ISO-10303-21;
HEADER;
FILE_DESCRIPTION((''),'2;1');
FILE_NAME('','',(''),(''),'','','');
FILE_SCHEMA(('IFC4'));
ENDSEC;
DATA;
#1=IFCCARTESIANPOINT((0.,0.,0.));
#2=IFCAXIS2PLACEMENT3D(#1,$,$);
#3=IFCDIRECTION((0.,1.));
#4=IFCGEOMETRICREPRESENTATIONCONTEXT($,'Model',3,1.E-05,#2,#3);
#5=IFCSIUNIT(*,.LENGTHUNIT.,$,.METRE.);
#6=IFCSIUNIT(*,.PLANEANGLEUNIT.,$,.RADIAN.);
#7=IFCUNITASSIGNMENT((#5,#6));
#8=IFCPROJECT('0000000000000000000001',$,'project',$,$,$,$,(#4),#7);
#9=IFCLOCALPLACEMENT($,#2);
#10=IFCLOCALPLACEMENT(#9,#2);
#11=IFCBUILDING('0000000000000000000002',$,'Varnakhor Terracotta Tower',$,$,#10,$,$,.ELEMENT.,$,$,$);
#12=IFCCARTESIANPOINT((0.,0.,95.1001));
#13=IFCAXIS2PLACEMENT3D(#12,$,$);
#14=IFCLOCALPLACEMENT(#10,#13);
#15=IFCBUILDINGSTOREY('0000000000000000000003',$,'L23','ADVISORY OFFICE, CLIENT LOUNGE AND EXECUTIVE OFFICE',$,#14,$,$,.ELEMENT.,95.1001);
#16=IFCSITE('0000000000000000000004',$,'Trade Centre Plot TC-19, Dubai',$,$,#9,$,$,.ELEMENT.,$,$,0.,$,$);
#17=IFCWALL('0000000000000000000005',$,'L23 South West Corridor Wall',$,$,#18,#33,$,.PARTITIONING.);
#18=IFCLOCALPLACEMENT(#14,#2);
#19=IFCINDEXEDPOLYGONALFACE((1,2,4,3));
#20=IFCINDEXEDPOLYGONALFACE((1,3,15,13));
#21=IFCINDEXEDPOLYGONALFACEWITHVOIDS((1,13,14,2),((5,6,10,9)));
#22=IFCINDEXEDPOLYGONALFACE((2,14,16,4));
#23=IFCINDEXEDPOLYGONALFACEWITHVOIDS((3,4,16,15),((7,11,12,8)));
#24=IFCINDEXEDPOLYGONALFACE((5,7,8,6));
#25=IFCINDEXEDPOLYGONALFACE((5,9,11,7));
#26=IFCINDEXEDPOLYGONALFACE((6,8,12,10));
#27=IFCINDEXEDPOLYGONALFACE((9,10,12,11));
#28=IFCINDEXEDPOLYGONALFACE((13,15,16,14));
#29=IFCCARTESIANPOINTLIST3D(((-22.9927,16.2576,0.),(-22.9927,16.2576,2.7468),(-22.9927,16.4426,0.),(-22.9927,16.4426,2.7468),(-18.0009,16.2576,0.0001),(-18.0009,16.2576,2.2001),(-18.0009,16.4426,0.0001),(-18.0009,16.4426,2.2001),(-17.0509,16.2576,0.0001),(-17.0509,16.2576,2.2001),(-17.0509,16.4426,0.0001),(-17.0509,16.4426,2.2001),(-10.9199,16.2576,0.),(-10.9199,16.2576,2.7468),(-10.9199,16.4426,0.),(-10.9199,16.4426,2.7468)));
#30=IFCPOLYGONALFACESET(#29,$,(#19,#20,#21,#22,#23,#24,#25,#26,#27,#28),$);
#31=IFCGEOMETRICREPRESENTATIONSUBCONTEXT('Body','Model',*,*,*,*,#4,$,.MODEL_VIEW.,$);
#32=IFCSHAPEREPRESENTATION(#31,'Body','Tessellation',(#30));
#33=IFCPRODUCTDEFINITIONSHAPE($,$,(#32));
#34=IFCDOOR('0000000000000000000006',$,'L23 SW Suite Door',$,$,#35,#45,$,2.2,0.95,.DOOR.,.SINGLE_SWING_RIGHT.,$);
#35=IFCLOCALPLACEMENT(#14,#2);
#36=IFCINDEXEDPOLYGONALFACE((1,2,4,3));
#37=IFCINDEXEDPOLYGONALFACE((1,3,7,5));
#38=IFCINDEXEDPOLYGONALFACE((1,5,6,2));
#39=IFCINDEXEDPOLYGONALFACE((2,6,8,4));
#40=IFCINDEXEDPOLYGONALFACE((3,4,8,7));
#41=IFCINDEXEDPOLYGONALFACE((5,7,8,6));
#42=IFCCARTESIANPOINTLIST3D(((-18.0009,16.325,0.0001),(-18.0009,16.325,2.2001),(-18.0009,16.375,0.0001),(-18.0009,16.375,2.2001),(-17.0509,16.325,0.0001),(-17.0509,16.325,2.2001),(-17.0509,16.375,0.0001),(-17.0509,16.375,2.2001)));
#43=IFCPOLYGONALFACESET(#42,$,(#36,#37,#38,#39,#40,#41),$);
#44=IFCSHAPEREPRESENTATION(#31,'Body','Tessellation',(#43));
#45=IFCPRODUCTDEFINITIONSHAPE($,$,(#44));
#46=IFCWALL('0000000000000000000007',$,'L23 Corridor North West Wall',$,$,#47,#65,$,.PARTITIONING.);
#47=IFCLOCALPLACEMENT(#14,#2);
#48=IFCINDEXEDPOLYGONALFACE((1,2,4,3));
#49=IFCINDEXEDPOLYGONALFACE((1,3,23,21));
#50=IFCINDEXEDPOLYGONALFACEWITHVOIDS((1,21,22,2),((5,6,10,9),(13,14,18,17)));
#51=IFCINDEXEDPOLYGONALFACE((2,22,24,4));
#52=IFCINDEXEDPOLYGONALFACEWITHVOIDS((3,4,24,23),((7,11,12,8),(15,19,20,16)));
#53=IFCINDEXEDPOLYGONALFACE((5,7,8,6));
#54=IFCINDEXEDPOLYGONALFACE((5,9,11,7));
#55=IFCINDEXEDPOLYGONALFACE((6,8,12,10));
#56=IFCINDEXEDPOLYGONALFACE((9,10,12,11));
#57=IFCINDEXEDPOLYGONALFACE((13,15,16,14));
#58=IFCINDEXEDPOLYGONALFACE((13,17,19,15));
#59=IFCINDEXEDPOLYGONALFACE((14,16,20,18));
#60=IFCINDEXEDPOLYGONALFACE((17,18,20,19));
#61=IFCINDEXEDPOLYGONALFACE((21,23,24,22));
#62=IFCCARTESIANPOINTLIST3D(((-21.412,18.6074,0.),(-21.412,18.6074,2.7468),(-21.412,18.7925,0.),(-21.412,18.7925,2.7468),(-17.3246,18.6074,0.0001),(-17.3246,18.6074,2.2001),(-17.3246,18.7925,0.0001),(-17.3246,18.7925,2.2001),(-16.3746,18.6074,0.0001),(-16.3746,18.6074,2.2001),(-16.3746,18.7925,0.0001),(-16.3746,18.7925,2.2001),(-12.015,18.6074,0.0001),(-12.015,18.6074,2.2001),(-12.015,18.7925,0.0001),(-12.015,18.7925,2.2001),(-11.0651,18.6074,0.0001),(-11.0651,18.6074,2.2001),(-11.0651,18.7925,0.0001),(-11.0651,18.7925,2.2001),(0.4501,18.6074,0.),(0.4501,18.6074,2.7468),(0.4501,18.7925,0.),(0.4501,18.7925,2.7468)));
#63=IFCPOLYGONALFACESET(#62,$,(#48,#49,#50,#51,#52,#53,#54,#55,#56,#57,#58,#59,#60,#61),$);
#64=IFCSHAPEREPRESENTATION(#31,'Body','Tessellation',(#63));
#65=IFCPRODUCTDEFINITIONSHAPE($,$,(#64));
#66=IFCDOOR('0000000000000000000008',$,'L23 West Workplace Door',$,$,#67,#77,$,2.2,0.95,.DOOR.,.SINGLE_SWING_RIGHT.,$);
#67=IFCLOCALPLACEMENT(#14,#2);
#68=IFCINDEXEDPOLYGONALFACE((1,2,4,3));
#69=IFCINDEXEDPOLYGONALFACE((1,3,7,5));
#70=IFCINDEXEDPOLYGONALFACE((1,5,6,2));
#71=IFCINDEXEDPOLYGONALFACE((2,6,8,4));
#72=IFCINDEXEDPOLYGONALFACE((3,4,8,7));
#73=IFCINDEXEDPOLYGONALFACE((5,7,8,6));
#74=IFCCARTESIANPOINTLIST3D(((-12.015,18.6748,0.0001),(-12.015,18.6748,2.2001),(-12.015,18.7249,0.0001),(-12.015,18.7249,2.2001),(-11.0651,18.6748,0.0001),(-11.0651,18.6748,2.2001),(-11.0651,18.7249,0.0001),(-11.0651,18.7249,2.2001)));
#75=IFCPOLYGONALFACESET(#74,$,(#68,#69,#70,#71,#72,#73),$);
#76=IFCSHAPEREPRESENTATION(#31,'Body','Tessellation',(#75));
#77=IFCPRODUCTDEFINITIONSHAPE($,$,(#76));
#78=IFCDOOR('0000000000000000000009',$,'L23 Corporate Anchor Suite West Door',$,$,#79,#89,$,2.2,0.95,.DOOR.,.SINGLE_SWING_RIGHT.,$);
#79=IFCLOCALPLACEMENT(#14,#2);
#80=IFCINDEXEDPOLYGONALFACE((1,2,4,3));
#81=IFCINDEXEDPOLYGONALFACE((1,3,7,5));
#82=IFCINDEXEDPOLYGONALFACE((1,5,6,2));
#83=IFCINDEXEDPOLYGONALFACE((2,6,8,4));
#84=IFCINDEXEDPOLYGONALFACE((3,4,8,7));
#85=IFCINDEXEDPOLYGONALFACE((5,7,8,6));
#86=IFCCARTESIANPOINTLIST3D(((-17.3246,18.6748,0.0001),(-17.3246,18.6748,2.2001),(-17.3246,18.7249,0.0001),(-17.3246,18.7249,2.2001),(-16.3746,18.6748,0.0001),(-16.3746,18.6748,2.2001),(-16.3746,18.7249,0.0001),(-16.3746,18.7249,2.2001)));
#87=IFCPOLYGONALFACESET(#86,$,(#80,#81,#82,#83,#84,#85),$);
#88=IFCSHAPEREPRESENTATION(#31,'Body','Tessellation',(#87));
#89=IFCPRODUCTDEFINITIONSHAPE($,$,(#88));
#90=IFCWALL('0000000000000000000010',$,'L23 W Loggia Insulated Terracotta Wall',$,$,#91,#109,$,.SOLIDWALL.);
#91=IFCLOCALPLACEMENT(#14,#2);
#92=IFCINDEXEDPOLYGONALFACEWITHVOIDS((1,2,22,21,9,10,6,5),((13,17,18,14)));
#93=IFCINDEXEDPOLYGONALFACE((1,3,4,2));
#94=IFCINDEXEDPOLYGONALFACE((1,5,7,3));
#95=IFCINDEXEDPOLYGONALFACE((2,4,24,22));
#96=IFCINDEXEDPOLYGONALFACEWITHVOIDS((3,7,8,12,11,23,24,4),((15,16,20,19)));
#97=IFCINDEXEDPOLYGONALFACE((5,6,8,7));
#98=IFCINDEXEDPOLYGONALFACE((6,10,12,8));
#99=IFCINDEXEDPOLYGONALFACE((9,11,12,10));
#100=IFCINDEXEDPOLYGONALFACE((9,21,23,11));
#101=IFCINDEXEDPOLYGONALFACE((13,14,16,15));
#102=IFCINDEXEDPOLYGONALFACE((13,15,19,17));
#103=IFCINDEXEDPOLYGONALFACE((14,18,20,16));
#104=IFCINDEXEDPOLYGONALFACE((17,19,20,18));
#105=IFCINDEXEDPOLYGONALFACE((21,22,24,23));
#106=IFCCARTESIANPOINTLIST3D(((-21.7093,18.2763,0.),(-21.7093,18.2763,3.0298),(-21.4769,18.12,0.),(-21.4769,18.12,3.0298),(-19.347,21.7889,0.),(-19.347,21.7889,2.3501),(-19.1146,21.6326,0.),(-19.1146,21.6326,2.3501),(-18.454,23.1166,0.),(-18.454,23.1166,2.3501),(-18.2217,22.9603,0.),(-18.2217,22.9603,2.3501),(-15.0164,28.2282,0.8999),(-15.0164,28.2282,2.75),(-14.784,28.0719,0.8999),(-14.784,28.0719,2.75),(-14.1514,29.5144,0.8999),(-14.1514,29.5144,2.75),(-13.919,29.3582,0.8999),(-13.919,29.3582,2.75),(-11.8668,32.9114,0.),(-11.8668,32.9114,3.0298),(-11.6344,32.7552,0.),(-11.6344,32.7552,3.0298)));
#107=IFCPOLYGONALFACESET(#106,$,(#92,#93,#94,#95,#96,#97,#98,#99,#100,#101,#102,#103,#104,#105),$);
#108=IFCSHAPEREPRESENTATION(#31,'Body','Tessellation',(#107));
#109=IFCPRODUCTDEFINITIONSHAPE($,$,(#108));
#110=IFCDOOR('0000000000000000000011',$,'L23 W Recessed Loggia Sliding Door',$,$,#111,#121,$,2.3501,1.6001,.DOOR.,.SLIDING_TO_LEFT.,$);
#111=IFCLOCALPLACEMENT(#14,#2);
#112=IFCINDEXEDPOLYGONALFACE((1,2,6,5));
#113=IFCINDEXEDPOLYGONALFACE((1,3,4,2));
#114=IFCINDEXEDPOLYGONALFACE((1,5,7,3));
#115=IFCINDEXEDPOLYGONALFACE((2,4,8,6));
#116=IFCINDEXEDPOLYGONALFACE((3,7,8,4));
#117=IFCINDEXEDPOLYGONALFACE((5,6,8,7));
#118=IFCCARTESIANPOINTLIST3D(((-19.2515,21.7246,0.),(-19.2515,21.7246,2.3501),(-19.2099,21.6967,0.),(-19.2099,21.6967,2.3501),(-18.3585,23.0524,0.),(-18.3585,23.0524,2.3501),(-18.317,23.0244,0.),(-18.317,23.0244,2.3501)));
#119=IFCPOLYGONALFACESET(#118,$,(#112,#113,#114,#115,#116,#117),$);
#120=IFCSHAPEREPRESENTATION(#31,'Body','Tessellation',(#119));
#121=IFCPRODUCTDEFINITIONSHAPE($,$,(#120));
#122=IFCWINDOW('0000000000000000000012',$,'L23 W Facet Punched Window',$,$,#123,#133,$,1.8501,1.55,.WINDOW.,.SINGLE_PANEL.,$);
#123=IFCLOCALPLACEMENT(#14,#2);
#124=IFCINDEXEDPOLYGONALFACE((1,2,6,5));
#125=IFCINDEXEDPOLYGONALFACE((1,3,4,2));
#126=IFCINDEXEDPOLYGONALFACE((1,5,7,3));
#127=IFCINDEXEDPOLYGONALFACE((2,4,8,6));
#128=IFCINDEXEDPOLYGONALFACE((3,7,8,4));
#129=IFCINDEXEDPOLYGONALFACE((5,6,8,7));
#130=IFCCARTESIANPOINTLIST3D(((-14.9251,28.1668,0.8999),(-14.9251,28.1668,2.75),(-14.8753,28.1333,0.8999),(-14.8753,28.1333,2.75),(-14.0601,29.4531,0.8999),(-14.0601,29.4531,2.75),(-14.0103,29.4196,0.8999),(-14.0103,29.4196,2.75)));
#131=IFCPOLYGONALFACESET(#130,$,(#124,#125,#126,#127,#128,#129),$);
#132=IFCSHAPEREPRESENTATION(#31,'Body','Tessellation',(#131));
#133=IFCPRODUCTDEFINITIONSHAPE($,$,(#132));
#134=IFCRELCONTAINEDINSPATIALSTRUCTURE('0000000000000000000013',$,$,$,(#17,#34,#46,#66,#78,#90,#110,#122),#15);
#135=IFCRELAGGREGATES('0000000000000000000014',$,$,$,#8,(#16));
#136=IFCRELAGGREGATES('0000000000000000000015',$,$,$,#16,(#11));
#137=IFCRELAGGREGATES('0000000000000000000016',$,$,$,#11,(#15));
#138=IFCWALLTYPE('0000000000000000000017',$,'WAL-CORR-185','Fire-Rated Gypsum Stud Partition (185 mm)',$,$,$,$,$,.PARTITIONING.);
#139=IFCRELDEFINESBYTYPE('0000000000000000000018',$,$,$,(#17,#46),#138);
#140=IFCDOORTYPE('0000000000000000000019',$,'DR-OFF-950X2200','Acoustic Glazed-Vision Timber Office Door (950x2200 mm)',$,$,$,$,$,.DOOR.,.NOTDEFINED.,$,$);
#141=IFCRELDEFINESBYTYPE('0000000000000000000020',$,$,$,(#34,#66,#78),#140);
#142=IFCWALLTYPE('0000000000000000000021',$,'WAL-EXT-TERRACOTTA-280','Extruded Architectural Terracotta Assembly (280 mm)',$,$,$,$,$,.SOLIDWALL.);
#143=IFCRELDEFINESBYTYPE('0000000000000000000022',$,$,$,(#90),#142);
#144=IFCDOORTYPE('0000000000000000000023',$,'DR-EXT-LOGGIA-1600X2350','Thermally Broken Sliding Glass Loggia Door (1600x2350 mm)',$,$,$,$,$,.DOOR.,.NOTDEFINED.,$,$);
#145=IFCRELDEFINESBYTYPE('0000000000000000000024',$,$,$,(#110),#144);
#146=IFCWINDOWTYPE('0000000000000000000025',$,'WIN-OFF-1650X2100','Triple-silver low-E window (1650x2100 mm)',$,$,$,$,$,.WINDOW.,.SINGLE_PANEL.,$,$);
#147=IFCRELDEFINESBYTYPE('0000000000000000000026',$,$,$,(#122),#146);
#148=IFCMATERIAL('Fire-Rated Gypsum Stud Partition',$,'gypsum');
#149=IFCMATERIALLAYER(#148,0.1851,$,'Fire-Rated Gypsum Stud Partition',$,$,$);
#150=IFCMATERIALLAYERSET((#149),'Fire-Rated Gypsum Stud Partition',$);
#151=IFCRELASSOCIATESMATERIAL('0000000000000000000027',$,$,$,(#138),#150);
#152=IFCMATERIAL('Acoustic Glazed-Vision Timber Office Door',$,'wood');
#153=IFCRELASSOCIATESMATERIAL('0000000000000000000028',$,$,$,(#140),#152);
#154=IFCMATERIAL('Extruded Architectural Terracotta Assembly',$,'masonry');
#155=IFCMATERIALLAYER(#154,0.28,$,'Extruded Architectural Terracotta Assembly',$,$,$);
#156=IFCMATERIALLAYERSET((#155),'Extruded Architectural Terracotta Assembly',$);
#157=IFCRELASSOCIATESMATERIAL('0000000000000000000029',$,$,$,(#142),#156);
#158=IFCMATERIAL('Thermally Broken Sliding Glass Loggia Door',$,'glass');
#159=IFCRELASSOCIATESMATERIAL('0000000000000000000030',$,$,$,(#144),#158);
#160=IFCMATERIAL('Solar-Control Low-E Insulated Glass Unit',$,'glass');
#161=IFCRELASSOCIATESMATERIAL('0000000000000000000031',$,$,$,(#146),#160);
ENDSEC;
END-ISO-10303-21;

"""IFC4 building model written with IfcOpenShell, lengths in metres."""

from ifc_helpers import new_model, si_unit, direction, frame, frame_2d, origin, place, context, subcontext, project, spatial, rectangle, extrude, source, transform, mapped, material, layer, layer_set, type_object, type_shapes, element, fill, save


model = new_model("IFC4")

# Units and contexts
model_context = context("Model", 3, precision=1e-05, world=origin(), true_north=direction((0.0, 1.0)))
body_context = subcontext(model_context, "Body", "Model", "MODEL_VIEW")
ifc_project = project(units=[si_unit("LENGTHUNIT", "METRE"), si_unit("PLANEANGLEUNIT", "RADIAN")], contexts=[model_context])

# Site, building, storey
site_placement = place(None, origin())
site = spatial("IfcSite", under=ifc_project, at=site_placement, Name="Trade Centre Plot TC-19, Dubai", CompositionType="ELEMENT", RefElevation=0.0)
building_placement = place(site_placement, origin())
building = spatial("IfcBuilding", under=site, at=building_placement, Name="Varnakhor Terracotta Tower", CompositionType="ELEMENT")
storey_placement = place(building_placement, frame((0.0, 0.0, 95.1001)))
storey = spatial("IfcBuildingStorey", under=building, at=storey_placement, Name="L23", Description="ADVISORY OFFICE, CLIENT LOUNGE AND EXECUTIVE OFFICE", CompositionType="ELEMENT", Elevation=95.1001)

# Wall, opening, door
ifc_material_1 = material(Name="Fire-Rated Gypsum Stud Partition", Category="gypsum")
ifc_layer_1 = layer(ifc_material_1, 0.1851, Name="Fire-Rated Gypsum Stud Partition")
ifc_layer_set_1 = layer_set([ifc_layer_1], Name="Fire-Rated Gypsum Stud Partition")
wall_type_1 = type_object("IfcWallType", Name="WAL-CORR-185", Description="Fire-Rated Gypsum Stud Partition (185 mm)", PredefinedType="PARTITIONING", material=ifc_layer_set_1)
wall_1_placement = place(storey_placement, frame((-22.9927, 16.3501, 0.0), z_axis=(0.0, 0.0, 1.0), x_axis=(1.0, 0.0, 0.0)))
wall_1 = element("IfcWall", 1, at=wall_1_placement, inside=storey, type_object=wall_type_1, Name="L23 South West Corridor Wall", PredefinedType="PARTITIONING", context=body_context, shape_type="SweptSolid", body=[
    extrude(rectangle(XDim=12.0728, YDim=0.1851, at=frame_2d((6.0364, 0.0))), origin(), (0.0, 0.0, 1.0), 2.7468),
])
opening_1_placement = place(wall_1_placement, frame((4.9917, 0.0, 0.0)))
opening_1 = element("IfcOpeningElement", 2, at=opening_1_placement, cuts=wall_1, PredefinedType="OPENING", context=body_context, shape_type="SweptSolid", body=[
    extrude(rectangle(XDim=0.95, YDim=2.2, at=frame_2d((0.4751, 1.1001))), frame((0.0, 0.1025, 0.0), z_axis=(0.0, -1.0, 0.0), x_axis=(1.0, 0.0, 0.0)), (0.0, 0.0, 1.0), 0.2051),
])
ifc_material_2 = material(Name="Acoustic Glazed-Vision Timber Office Door", Category="wood")
door_type_1 = type_object("IfcDoorType", Name="DR-OFF-950X2200", Description="Acoustic Glazed-Vision Timber Office Door (950x2200 mm)", OperationType="NOTDEFINED", PredefinedType="DOOR", material=ifc_material_2)
shared_shape_1 = source(origin(), body_context, "Body", "SweptSolid", [
    extrude(rectangle(XDim=0.95, YDim=2.2, at=frame_2d((0.4751, 1.1001))), frame((0.0, 0.0249, 0.0), z_axis=(0.0, -1.0, 0.0), x_axis=(1.0, 0.0, 0.0)), (0.0, 0.0, 1.0), 0.05),
])
type_shapes(door_type_1, [shared_shape_1])
door_1_placement = place(opening_1_placement, origin())
door_1 = element("IfcDoor", 3, at=door_1_placement, inside=storey, type_object=door_type_1, Name="L23 SW Suite Door", OperationType="SINGLE_SWING_RIGHT", OverallHeight=2.2, OverallWidth=0.95, PredefinedType="DOOR", context=body_context, shape_type="MappedRepresentation", body=[
    mapped(shared_shape_1, transform((0.0, 0.0, 0.0), scale=1.0)),
])
fill(opening_1, door_1)

# Wall, openings, doors
wall_2_placement = place(storey_placement, frame((-21.4121, 18.7, 0.0), z_axis=(0.0, 0.0, 1.0), x_axis=(1.0, 0.0, 0.0)))
wall_2 = element("IfcWall", 4, at=wall_2_placement, inside=storey, type_object=wall_type_1, Name="L23 Corridor North West Wall", PredefinedType="PARTITIONING", context=body_context, shape_type="SweptSolid", body=[
    extrude(rectangle(XDim=21.8621, YDim=0.1851, at=frame_2d((10.9312, 0.0))), origin(), (0.0, 0.0, 1.0), 2.7468),
])
opening_2_placement = place(wall_2_placement, frame((9.397, 0.0, 0.0)))
opening_2 = element("IfcOpeningElement", 5, at=opening_2_placement, cuts=wall_2, PredefinedType="OPENING", context=body_context, shape_type="SweptSolid", body=[
    extrude(rectangle(XDim=0.95, YDim=2.2, at=frame_2d((0.4751, 1.1001))), frame((0.0, 0.1025, 0.0), z_axis=(0.0, -1.0, 0.0), x_axis=(1.0, 0.0, 0.0)), (0.0, 0.0, 1.0), 0.2051),
])
opening_3_placement = place(wall_2_placement, frame((4.0874, 0.0, 0.0)))
opening_3 = element("IfcOpeningElement", 6, at=opening_3_placement, cuts=wall_2, PredefinedType="OPENING", context=body_context, shape_type="SweptSolid", body=[
    extrude(rectangle(XDim=0.95, YDim=2.2, at=frame_2d((0.4751, 1.1001))), frame((0.0, 0.1025, 0.0), z_axis=(0.0, -1.0, 0.0), x_axis=(1.0, 0.0, 0.0)), (0.0, 0.0, 1.0), 0.2051),
])
door_2_placement = place(opening_2_placement, origin())
door_2 = element("IfcDoor", 7, at=door_2_placement, inside=storey, type_object=door_type_1, Name="L23 West Workplace Door", OperationType="SINGLE_SWING_RIGHT", OverallHeight=2.2, OverallWidth=0.95, PredefinedType="DOOR", context=body_context, shape_type="MappedRepresentation", body=[
    mapped(shared_shape_1, transform((0.0, 0.0, 0.0), scale=1.0)),
])
fill(opening_2, door_2)
door_3_placement = place(opening_3_placement, origin())
door_3 = element("IfcDoor", 8, at=door_3_placement, inside=storey, type_object=door_type_1, Name="L23 Corporate Anchor Suite West Door", OperationType="SINGLE_SWING_RIGHT", OverallHeight=2.2, OverallWidth=0.95, PredefinedType="DOOR", context=body_context, shape_type="MappedRepresentation", body=[
    mapped(shared_shape_1, transform((0.0, 0.0, 0.0), scale=1.0)),
])
fill(opening_3, door_3)

# Wall, openings, door, window
ifc_material_3 = material(Name="Extruded Architectural Terracotta Assembly", Category="masonry")
ifc_layer_2 = layer(ifc_material_3, 0.28, Name="Extruded Architectural Terracotta Assembly")
ifc_layer_set_2 = layer_set([ifc_layer_2], Name="Extruded Architectural Terracotta Assembly")
wall_type_2 = type_object("IfcWallType", Name="WAL-EXT-TERRACOTTA-280", Description="Extruded Architectural Terracotta Assembly (280 mm)", PredefinedType="SOLIDWALL", material=ifc_layer_set_2)
wall_3_placement = place(storey_placement, frame((-21.593, 18.1982, 0.0), z_axis=(0.0, 0.0, 1.0), x_axis=(0.558059, 0.829801, 0.0)))
wall_3 = element("IfcWall", 9, at=wall_3_placement, inside=storey, type_object=wall_type_2, Name="L23 W Loggia Insulated Terracotta Wall", PredefinedType="SOLIDWALL", context=body_context, shape_type="SweptSolid", body=[
    extrude(rectangle(XDim=17.637, YDim=0.28, at=frame_2d((8.8184, 0.0))), origin(), (0.0, 0.0, 1.0), 3.0298),
])
opening_4_placement = place(wall_3_placement, frame((4.2329, 0.0, 0.0)))
opening_4 = element("IfcOpeningElement", 10, at=opening_4_placement, cuts=wall_3, PredefinedType="OPENING", context=body_context, shape_type="SweptSolid", body=[
    extrude(rectangle(XDim=1.6001, YDim=2.3501, at=frame_2d((0.8, 1.175))), frame((0.0, 0.1499, 0.0), z_axis=(0.0, -1.0, 0.0), x_axis=(1.0, 0.0, 0.0)), (0.0, 0.0, 1.0), 0.3),
])
opening_5_placement = place(wall_3_placement, frame((11.9932, 0.0, 0.8999)))
opening_5 = element("IfcOpeningElement", 11, at=opening_5_placement, cuts=wall_3, PredefinedType="OPENING", context=body_context, shape_type="SweptSolid", body=[
    extrude(rectangle(XDim=1.55, YDim=1.8501, at=frame_2d((0.7749, 0.925))), frame((0.0, 0.1499, 0.0), z_axis=(0.0, -1.0, 0.0), x_axis=(1.0, 0.0, 0.0)), (0.0, 0.0, 1.0), 0.3),
])
ifc_material_4 = material(Name="Thermally Broken Sliding Glass Loggia Door", Category="glass")
door_type_2 = type_object("IfcDoorType", Name="DR-EXT-LOGGIA-1600X2350", Description="Thermally Broken Sliding Glass Loggia Door (1600x2350 mm)", OperationType="NOTDEFINED", PredefinedType="DOOR", material=ifc_material_4)
shared_shape_2 = source(origin(), body_context, "Body", "SweptSolid", [
    extrude(rectangle(XDim=1.6001, YDim=2.3501, at=frame_2d((0.8, 1.175))), frame((0.0, 0.0249, 0.0), z_axis=(0.0, -1.0, 0.0), x_axis=(1.0, 0.0, 0.0)), (0.0, 0.0, 1.0), 0.05),
])
type_shapes(door_type_2, [shared_shape_2])
door_4_placement = place(opening_4_placement, origin())
door_4 = element("IfcDoor", 12, at=door_4_placement, inside=storey, type_object=door_type_2, Name="L23 W Recessed Loggia Sliding Door", OperationType="SLIDING_TO_LEFT", OverallHeight=2.3501, OverallWidth=1.6001, PredefinedType="DOOR", context=body_context, shape_type="MappedRepresentation", body=[
    mapped(shared_shape_2, transform((0.0, 0.0, 0.0), scale=1.0)),
])
fill(opening_4, door_4)
ifc_material_5 = material(Name="Solar-Control Low-E Insulated Glass Unit", Category="glass")
window_type = type_object("IfcWindowType", Name="WIN-OFF-1650X2100", Description="Triple-silver low-E window (1650x2100 mm)", PartitioningType="SINGLE_PANEL", PredefinedType="WINDOW", material=ifc_material_5)
shared_shape_3 = source(origin(), body_context, "Body", "SweptSolid", [
    extrude(rectangle(XDim=1.55, YDim=1.8501, at=frame_2d((0.7749, 0.925))), frame((0.0, 0.03, 0.0), z_axis=(0.0, -1.0, 0.0), x_axis=(1.0, 0.0, 0.0)), (0.0, 0.0, 1.0), 0.0601),
])
type_shapes(window_type, [shared_shape_3])
window_placement = place(opening_5_placement, origin())
window = element("IfcWindow", 13, at=window_placement, inside=storey, type_object=window_type, Name="L23 W Facet Punched Window", OverallHeight=1.8501, OverallWidth=1.55, PartitioningType="SINGLE_PANEL", PredefinedType="WINDOW", context=body_context, shape_type="MappedRepresentation", body=[
    mapped(shared_shape_3, transform((0.0, 0.0, 0.0), scale=1.0)),
])
fill(opening_5, window)

save(model, "model.ifc")
